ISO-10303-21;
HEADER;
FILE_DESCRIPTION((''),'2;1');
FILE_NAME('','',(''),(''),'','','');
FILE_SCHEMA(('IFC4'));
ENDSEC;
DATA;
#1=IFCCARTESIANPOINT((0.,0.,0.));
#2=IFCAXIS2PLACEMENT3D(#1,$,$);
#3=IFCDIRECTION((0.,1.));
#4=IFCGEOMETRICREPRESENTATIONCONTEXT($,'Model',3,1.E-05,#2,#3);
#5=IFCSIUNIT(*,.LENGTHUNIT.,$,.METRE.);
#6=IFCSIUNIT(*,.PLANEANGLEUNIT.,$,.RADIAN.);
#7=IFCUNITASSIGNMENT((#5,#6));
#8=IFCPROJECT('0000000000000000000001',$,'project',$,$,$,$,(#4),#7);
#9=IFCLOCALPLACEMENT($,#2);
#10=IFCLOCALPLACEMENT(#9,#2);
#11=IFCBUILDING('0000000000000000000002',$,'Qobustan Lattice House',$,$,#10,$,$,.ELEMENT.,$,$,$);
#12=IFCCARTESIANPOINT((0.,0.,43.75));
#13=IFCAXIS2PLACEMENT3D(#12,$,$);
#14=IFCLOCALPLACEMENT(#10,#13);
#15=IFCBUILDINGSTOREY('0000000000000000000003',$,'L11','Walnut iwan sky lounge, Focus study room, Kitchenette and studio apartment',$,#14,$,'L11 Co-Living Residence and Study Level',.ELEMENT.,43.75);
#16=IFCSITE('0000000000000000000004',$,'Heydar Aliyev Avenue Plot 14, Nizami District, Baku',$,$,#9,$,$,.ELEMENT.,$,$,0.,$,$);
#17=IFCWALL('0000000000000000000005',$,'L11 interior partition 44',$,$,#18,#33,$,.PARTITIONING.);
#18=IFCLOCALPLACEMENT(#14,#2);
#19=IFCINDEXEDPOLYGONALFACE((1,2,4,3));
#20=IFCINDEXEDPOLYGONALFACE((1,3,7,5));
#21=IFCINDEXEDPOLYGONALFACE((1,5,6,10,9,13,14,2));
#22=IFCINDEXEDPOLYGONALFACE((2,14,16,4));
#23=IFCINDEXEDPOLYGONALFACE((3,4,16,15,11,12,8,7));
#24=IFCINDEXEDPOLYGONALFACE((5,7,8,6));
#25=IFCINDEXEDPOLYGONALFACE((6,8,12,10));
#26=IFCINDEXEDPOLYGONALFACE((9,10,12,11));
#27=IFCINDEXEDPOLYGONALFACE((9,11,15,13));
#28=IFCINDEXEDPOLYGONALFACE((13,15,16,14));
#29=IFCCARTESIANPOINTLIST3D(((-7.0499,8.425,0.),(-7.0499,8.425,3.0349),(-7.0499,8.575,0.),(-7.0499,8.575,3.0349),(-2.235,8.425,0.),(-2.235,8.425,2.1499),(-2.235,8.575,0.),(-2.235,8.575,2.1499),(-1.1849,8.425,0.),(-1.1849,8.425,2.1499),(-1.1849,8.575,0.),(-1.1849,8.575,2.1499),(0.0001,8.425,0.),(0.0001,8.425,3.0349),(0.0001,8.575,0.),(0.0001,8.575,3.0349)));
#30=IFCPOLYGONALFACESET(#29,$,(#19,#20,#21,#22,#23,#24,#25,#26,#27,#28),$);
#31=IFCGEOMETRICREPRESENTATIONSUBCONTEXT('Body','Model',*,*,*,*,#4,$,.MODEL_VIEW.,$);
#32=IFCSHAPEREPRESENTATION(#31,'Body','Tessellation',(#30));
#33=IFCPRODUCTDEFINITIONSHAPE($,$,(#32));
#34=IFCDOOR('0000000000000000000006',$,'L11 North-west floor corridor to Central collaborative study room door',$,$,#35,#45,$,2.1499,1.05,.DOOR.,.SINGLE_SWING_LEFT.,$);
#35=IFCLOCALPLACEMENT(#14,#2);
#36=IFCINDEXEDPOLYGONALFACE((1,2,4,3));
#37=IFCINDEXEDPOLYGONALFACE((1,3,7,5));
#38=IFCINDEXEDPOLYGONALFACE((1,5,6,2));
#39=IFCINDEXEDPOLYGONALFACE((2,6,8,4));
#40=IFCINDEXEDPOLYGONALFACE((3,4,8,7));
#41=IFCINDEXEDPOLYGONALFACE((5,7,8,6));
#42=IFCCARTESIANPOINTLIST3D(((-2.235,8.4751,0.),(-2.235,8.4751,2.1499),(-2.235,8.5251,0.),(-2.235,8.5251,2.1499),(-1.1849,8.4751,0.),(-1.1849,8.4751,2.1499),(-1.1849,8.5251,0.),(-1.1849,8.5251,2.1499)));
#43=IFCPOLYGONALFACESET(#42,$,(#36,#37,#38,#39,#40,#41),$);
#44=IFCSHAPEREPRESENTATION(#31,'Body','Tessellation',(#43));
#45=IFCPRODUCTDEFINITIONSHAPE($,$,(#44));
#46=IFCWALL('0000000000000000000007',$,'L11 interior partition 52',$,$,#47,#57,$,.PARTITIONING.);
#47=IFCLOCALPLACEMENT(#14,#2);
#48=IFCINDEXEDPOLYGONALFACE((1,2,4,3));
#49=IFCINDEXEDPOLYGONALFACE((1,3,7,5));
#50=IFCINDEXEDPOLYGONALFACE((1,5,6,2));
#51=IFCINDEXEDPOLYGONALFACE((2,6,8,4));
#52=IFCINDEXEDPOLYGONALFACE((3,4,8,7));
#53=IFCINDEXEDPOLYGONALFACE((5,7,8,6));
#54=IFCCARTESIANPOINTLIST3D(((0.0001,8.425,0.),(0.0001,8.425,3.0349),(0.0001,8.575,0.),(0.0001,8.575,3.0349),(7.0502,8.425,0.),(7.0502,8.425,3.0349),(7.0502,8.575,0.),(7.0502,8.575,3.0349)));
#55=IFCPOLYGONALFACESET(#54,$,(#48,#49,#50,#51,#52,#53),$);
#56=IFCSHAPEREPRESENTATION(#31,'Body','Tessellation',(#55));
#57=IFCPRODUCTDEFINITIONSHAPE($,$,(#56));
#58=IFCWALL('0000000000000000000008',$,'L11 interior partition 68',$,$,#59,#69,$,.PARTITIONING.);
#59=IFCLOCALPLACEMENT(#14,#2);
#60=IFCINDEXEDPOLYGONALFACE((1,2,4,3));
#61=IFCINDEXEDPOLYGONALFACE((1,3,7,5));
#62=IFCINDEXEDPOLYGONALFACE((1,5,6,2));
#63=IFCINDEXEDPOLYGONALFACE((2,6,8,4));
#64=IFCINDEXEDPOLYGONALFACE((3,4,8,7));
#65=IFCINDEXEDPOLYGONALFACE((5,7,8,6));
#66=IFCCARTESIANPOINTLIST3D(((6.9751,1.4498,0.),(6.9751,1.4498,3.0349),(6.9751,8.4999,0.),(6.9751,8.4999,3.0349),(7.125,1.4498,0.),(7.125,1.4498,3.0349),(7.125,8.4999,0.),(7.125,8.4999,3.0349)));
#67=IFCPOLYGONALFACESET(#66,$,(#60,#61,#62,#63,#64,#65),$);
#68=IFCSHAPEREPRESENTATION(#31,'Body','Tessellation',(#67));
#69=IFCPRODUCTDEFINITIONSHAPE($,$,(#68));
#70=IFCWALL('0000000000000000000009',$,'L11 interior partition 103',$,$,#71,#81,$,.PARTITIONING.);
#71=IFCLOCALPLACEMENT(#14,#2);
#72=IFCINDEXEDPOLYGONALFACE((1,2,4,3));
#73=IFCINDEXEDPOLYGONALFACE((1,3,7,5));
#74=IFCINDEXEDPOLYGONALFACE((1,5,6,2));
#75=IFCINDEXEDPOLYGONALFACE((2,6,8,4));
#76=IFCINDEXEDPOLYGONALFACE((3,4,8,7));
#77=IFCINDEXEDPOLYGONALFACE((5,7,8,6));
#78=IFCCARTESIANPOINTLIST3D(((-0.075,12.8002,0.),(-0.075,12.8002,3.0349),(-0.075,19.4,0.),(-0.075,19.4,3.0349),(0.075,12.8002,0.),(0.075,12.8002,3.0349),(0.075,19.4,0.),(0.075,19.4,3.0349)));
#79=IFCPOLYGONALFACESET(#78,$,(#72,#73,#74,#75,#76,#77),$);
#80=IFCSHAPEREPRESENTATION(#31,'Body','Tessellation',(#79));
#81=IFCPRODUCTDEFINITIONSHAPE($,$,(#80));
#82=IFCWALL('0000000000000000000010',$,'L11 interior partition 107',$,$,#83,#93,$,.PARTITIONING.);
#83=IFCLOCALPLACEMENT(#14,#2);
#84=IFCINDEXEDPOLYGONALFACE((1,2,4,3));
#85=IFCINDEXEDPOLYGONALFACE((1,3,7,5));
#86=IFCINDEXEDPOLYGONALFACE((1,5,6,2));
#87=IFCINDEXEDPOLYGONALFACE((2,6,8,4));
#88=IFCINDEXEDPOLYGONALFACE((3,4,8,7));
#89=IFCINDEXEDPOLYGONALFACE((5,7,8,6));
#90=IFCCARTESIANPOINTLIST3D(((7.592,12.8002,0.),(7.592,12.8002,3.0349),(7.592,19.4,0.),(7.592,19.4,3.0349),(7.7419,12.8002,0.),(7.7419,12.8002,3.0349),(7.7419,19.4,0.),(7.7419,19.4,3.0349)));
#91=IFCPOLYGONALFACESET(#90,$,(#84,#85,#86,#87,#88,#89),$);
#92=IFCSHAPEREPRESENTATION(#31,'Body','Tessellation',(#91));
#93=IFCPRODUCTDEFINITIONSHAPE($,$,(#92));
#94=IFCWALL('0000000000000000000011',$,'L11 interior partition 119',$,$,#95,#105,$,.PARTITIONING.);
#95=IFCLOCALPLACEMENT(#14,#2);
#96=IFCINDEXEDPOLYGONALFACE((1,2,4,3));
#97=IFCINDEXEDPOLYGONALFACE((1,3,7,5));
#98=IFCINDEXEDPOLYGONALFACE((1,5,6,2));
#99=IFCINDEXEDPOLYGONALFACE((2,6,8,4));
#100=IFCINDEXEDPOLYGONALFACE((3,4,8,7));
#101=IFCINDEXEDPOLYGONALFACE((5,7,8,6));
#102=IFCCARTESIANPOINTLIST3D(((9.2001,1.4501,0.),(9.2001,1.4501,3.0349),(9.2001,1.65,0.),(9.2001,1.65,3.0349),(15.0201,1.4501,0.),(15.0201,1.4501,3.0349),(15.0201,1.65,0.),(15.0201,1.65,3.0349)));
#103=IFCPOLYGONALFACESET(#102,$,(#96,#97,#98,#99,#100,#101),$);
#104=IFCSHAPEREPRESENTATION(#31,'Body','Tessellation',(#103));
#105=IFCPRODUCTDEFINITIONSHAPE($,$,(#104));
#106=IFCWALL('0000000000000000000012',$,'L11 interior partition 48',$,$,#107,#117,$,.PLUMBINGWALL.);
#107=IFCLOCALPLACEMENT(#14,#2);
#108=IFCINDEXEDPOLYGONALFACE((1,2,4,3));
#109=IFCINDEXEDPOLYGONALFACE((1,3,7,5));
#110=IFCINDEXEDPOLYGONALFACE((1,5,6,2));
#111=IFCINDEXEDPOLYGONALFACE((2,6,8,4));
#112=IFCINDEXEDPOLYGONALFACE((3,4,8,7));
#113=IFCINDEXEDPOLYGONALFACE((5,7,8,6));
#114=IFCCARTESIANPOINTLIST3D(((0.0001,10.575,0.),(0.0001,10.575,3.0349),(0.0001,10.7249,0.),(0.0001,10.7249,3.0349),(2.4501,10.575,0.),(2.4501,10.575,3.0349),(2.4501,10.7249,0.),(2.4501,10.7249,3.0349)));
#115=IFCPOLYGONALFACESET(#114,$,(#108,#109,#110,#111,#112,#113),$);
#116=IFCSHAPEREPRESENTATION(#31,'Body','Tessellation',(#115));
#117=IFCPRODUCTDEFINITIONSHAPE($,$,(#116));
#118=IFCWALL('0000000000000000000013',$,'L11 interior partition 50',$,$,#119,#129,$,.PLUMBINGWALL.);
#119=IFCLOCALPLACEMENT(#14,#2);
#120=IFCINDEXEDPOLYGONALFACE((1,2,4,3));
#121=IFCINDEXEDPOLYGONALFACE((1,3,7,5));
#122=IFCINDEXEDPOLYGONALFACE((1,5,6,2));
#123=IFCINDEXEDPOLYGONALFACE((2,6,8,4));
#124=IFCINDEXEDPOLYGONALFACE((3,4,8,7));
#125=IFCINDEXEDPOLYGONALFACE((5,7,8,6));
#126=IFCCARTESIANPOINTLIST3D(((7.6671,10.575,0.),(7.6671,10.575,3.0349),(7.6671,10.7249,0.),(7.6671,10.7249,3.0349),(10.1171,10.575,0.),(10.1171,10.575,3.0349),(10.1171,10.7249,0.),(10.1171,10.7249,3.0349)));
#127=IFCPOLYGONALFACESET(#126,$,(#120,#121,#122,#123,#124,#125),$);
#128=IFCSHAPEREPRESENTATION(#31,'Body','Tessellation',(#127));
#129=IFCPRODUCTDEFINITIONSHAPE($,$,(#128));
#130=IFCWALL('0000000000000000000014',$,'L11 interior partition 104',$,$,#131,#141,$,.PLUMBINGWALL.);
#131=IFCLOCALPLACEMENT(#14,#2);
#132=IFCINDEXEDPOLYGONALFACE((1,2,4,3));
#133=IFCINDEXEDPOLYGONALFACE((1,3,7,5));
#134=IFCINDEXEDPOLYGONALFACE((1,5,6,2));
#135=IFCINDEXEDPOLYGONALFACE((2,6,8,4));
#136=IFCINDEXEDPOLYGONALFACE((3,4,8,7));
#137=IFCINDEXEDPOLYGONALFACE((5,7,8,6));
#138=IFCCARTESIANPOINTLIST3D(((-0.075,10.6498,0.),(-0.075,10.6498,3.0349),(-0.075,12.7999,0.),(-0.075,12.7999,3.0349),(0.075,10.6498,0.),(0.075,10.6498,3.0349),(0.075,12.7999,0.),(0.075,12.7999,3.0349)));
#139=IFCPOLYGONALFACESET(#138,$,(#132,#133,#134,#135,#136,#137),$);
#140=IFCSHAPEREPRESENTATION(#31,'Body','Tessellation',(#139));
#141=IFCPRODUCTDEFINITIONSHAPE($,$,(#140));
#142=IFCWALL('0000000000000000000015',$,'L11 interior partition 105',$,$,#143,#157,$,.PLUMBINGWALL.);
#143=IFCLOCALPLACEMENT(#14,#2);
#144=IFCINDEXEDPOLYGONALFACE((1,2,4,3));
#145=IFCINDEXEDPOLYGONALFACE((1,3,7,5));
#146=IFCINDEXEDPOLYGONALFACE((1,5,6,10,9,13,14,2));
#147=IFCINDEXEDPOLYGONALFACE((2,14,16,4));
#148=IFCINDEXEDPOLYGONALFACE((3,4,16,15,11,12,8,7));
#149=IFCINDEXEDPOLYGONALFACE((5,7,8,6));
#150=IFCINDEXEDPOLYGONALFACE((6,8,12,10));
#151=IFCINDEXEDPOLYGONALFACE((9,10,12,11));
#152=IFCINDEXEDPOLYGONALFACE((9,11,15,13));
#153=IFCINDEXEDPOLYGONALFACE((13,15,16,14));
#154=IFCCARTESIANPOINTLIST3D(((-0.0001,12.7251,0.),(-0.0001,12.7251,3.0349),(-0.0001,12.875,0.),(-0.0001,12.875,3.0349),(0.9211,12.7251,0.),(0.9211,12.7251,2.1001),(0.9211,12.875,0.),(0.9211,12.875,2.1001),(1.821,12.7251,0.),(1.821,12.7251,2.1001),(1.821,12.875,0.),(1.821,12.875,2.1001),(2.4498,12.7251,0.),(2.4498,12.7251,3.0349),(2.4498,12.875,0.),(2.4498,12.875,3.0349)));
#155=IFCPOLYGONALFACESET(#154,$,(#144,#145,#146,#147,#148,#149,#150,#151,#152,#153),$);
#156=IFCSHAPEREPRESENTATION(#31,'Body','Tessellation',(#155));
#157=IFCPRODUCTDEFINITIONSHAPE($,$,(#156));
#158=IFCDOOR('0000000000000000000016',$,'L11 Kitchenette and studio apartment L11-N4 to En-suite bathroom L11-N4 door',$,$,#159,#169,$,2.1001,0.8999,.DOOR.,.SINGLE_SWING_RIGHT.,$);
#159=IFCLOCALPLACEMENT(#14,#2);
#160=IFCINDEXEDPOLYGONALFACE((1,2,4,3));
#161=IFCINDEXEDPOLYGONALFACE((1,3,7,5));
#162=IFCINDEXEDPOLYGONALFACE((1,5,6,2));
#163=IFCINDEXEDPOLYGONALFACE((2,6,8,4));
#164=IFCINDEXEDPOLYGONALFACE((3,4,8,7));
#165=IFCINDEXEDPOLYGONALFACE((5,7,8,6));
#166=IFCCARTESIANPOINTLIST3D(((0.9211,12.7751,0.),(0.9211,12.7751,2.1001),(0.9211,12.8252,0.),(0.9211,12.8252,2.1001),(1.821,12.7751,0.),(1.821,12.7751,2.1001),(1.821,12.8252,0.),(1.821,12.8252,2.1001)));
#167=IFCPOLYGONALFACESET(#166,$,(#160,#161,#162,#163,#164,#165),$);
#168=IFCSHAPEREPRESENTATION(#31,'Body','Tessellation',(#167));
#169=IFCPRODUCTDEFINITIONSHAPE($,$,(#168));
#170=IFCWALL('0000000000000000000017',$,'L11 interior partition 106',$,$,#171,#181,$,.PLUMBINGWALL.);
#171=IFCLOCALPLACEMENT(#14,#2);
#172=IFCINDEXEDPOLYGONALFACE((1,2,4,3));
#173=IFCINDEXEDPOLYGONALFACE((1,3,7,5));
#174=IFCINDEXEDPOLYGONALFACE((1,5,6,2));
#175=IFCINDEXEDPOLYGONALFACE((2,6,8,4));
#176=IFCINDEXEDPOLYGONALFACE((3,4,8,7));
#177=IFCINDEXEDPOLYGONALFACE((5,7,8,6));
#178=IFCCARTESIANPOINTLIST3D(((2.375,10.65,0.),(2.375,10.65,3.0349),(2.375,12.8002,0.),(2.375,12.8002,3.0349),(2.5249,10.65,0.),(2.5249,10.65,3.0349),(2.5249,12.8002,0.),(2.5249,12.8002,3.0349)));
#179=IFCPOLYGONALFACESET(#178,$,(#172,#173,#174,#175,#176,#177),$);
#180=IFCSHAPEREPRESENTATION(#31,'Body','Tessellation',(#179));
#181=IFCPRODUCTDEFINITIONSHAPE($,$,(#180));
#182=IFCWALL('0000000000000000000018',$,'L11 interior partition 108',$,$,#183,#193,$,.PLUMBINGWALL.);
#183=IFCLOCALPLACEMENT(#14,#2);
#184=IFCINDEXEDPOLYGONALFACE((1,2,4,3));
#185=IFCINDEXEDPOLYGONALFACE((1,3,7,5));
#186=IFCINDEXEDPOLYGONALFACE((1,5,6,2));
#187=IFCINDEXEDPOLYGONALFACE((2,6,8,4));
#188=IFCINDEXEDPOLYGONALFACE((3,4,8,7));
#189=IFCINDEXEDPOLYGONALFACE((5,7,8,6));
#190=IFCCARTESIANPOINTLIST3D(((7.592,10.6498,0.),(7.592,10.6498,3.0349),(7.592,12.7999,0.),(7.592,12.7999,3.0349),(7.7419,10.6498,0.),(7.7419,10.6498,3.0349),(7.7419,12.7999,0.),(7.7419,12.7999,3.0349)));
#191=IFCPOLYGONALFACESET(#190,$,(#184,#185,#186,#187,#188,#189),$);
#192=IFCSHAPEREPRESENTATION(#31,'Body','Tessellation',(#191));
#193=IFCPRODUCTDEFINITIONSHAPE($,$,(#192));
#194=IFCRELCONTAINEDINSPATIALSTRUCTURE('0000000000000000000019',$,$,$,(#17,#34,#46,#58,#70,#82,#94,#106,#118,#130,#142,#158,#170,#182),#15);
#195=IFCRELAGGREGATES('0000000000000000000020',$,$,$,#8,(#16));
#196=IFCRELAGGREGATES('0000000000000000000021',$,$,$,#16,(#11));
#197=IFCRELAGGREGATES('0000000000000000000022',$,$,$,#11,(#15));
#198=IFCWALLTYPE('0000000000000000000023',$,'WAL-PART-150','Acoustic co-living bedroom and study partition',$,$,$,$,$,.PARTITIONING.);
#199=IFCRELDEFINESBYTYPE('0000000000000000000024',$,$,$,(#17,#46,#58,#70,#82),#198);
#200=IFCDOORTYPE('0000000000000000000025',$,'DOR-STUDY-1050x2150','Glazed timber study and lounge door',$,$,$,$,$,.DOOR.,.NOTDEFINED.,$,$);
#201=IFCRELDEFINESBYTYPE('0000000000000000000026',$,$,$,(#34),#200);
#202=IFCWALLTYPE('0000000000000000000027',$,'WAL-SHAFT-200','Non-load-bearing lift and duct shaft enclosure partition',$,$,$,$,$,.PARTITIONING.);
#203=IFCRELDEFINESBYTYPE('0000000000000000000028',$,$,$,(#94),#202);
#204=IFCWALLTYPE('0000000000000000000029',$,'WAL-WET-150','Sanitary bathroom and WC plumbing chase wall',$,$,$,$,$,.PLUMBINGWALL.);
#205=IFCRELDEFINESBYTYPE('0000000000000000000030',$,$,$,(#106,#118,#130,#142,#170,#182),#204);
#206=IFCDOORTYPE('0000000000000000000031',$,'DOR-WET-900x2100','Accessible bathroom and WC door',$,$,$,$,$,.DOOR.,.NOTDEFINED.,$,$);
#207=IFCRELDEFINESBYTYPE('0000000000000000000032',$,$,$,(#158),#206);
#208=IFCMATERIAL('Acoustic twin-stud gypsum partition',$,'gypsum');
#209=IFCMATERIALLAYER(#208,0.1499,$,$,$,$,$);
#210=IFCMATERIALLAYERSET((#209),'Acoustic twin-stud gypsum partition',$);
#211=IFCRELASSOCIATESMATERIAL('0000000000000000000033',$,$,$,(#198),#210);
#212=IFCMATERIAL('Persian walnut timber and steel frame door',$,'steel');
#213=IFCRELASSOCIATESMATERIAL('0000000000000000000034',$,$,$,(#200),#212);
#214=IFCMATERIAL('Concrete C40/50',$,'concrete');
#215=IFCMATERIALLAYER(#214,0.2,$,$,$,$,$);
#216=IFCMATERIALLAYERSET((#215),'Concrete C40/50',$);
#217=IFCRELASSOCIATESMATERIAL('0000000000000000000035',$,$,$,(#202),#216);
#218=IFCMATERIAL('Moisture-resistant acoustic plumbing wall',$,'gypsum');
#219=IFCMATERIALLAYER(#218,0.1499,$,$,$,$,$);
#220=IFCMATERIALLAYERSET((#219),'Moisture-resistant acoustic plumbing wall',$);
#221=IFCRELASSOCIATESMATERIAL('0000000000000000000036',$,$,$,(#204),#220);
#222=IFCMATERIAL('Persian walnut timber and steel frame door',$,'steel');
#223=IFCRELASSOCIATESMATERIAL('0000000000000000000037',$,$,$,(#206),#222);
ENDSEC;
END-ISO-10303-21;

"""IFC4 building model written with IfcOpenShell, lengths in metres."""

from ifc_helpers import new_model, si_unit, direction, frame, frame_2d, origin, place, context, subcontext, project, spatial, rectangle, extrude, material, layer, layer_set, type_object, element, fill, save


model = new_model("IFC4")

# Units and contexts
model_context = context("Model", 3, precision=1e-05, world=origin(), true_north=direction((0.0, 1.0)))
body_context = subcontext(model_context, "Body", "Model", "MODEL_VIEW")
ifc_project = project(units=[si_unit("LENGTHUNIT", "METRE"), si_unit("PLANEANGLEUNIT", "RADIAN")], contexts=[model_context])

# Site, building, storey
site_placement = place(None, origin())
site = spatial("IfcSite", under=ifc_project, at=site_placement, Name="Heydar Aliyev Avenue Plot 14, Nizami District, Baku", CompositionType="ELEMENT", RefElevation=0.0)
building_placement = place(site_placement, origin())
building = spatial("IfcBuilding", under=site, at=building_placement, Name="Qobustan Lattice House", CompositionType="ELEMENT")
storey_placement = place(building_placement, frame((0.0, 0.0, 43.75)))
storey = spatial("IfcBuildingStorey", under=building, at=storey_placement, Name="L11", Description="Walnut iwan sky lounge, Focus study room, Kitchenette and studio apartment", LongName="L11 Co-Living Residence and Study Level", CompositionType="ELEMENT", Elevation=43.75)

# Wall, opening, door
ifc_material_1 = material(Name="Acoustic twin-stud gypsum partition", Category="gypsum")
ifc_layer_1 = layer(ifc_material_1, 0.1499)
ifc_layer_set_1 = layer_set([ifc_layer_1], Name="Acoustic twin-stud gypsum partition")
wall_type_1 = type_object("IfcWallType", Name="WAL-PART-150", Description="Acoustic co-living bedroom and study partition", PredefinedType="PARTITIONING", material=ifc_layer_set_1)
wall_1_placement = place(storey_placement, frame((0.0, 8.5, 0.0), z_axis=(0.0, 0.0, 1.0), x_axis=(-1.0, 0.0, 0.0)))
wall_1 = element("IfcWall", 1, at=wall_1_placement, inside=storey, type_object=wall_type_1, Name="L11 interior partition 44", PredefinedType="PARTITIONING", context=body_context, shape_type="SweptSolid", body=[
    extrude(rectangle(XDim=7.05, YDim=0.1499, at=frame_2d((3.5249, 0.0))), origin(), (0.0, 0.0, 1.0), 3.0349),
])
opening_1_placement = place(wall_1_placement, frame((1.1851, 0.0, 0.0)))
opening_1 = element("IfcOpeningElement", 2, at=opening_1_placement, cuts=wall_1, PredefinedType="OPENING", context=body_context, shape_type="SweptSolid", body=[
    extrude(rectangle(XDim=1.05, YDim=2.1499, at=frame_2d((0.5249, 1.075))), frame((0.0, 0.085, 0.0), z_axis=(0.0, -1.0, 0.0), x_axis=(1.0, 0.0, 0.0)), (0.0, 0.0, 1.0), 0.1699),
])
ifc_material_2 = material(Name="Persian walnut timber and steel frame door", Category="steel")
door_type_1 = type_object("IfcDoorType", Name="DOR-STUDY-1050x2150", Description="Glazed timber study and lounge door", OperationType="NOTDEFINED", PredefinedType="DOOR", material=ifc_material_2)
door_1_placement = place(opening_1_placement, origin())
door_1 = element("IfcDoor", 3, at=door_1_placement, inside=storey, type_object=door_type_1, Name="L11 North-west floor corridor to Central collaborative study room door", OperationType="SINGLE_SWING_LEFT", OverallHeight=2.1499, OverallWidth=1.05, PredefinedType="DOOR", context=body_context, shape_type="SweptSolid", body=[
    extrude(rectangle(XDim=1.05, YDim=2.1499, at=frame_2d((0.5249, 1.075))), frame((0.0, 0.0249, 0.0), z_axis=(0.0, -1.0, 0.0), x_axis=(1.0, 0.0, 0.0)), (0.0, 0.0, 1.0), 0.05),
])
fill(opening_1, door_1)

# Walls
for number, where, z_axis, x_axis, name in (
    (4, (7.05, 8.5, 0.0), (0.0, 0.0, 1.0), (-1.0, 0.0, 0.0), "L11 interior partition 52"),
    (5, (7.05, 1.45, 0.0), (0.0, 0.0, 1.0), (0.0, 1.0, 0.0), "L11 interior partition 68"),
):
    element("IfcWall", number, at=place(storey_placement, frame(where, z_axis=z_axis, x_axis=x_axis)), inside=storey, type_object=wall_type_1, Name=name, PredefinedType="PARTITIONING", context=body_context, shape_type="SweptSolid", body=[
        extrude(rectangle(XDim=7.05, YDim=0.1499, at=frame_2d((3.5249, 0.0))), origin(), (0.0, 0.0, 1.0), 3.0349),
    ])
for number, where, z_axis, x_axis, name in (
    (6, (0.0, 19.3999, 0.0), (0.0, 0.0, 1.0), (0.0, -1.0, 0.0), "L11 interior partition 103"),
    (7, (7.667, 19.3999, 0.0), (0.0, 0.0, 1.0), (0.0, -1.0, 0.0), "L11 interior partition 107"),
):
    element("IfcWall", number, at=place(storey_placement, frame(where, z_axis=z_axis, x_axis=x_axis)), inside=storey, type_object=wall_type_1, Name=name, PredefinedType="PARTITIONING", context=body_context, shape_type="SweptSolid", body=[
        extrude(rectangle(XDim=6.5999, YDim=0.1499, at=frame_2d((3.2998, 0.0))), origin(), (0.0, 0.0, 1.0), 3.0349),
    ])
ifc_material_3 = material(Name="Concrete C40/50", Category="concrete")
ifc_layer_2 = layer(ifc_material_3, 0.2)
ifc_layer_set_2 = layer_set([ifc_layer_2], Name="Concrete C40/50")
wall_type_2 = type_object("IfcWallType", Name="WAL-SHAFT-200", Description="Non-load-bearing lift and duct shaft enclosure partition", PredefinedType="PARTITIONING", material=ifc_layer_set_2)
wall_2_placement = place(storey_placement, frame((9.2, 1.55, 0.0), z_axis=(0.0, 0.0, 1.0), x_axis=(1.0, 0.0, 0.0)))
element("IfcWall", 8, at=wall_2_placement, inside=storey, type_object=wall_type_2, Name="L11 interior partition 119", PredefinedType="PARTITIONING", context=body_context, shape_type="SweptSolid", body=[
    extrude(rectangle(XDim=5.8201, YDim=0.2, at=frame_2d((2.9102, 0.0))), origin(), (0.0, 0.0, 1.0), 3.0349),
])
ifc_material_4 = material(Name="Moisture-resistant acoustic plumbing wall", Category="gypsum")
ifc_layer_3 = layer(ifc_material_4, 0.1499)
ifc_layer_set_3 = layer_set([ifc_layer_3], Name="Moisture-resistant acoustic plumbing wall")
wall_type_3 = type_object("IfcWallType", Name="WAL-WET-150", Description="Sanitary bathroom and WC plumbing chase wall", PredefinedType="PLUMBINGWALL", material=ifc_layer_set_3)
for number, where, z_axis, x_axis, name in (
    (9, (0.0, 10.6499, 0.0), (0.0, 0.0, 1.0), (1.0, 0.0, 0.0), "L11 interior partition 48"),
    (10, (7.667, 10.6499, 0.0), (0.0, 0.0, 1.0), (1.0, 0.0, 0.0), "L11 interior partition 50"),
):
    element("IfcWall", number, at=place(storey_placement, frame(where, z_axis=z_axis, x_axis=x_axis)), inside=storey, type_object=wall_type_3, Name=name, PredefinedType="PLUMBINGWALL", context=body_context, shape_type="SweptSolid", body=[
        extrude(rectangle(XDim=2.45, YDim=0.1499, at=frame_2d((1.2251, 0.0))), origin(), (0.0, 0.0, 1.0), 3.0349),
    ])
wall_3_placement = place(storey_placement, frame((0.0, 12.8, 0.0), z_axis=(0.0, 0.0, 1.0), x_axis=(0.0, -1.0, 0.0)))
element("IfcWall", 11, at=wall_3_placement, inside=storey, type_object=wall_type_3, Name="L11 interior partition 104", PredefinedType="PLUMBINGWALL", context=body_context, shape_type="SweptSolid", body=[
    extrude(rectangle(XDim=2.1501, YDim=0.1499, at=frame_2d((1.0752, 0.0))), origin(), (0.0, 0.0, 1.0), 3.0349),
])

# Wall, opening, door
wall_4_placement = place(storey_placement, frame((2.45, 12.8, 0.0), z_axis=(0.0, 0.0, 1.0), x_axis=(-1.0, 0.0, 0.0)))
wall_4 = element("IfcWall", 12, at=wall_4_placement, inside=storey, type_object=wall_type_3, Name="L11 interior partition 105", PredefinedType="PLUMBINGWALL", context=body_context, shape_type="SweptSolid", body=[
    extrude(rectangle(XDim=2.45, YDim=0.1499, at=frame_2d((1.2251, 0.0))), origin(), (0.0, 0.0, 1.0), 3.0349),
])
opening_2_placement = place(wall_4_placement, frame((0.6289, 0.0, 0.0)))
opening_2 = element("IfcOpeningElement", 13, at=opening_2_placement, cuts=wall_4, PredefinedType="OPENING", context=body_context, shape_type="SweptSolid", body=[
    extrude(rectangle(XDim=0.8999, YDim=2.1001, at=frame_2d((0.45, 1.05))), frame((0.0, 0.085, 0.0), z_axis=(0.0, -1.0, 0.0), x_axis=(1.0, 0.0, 0.0)), (0.0, 0.0, 1.0), 0.1699),
])
ifc_material_5 = material(Name="Persian walnut timber and steel frame door", Category="steel")
door_type_2 = type_object("IfcDoorType", Name="DOR-WET-900x2100", Description="Accessible bathroom and WC door", OperationType="NOTDEFINED", PredefinedType="DOOR", material=ifc_material_5)
door_2_placement = place(opening_2_placement, origin())
door_2 = element("IfcDoor", 14, at=door_2_placement, inside=storey, type_object=door_type_2, Name="L11 Kitchenette and studio apartment L11-N4 to En-suite bathroom L11-N4 door", OperationType="SINGLE_SWING_RIGHT", OverallHeight=2.1001, OverallWidth=0.8999, PredefinedType="DOOR", context=body_context, shape_type="SweptSolid", body=[
    extrude(rectangle(XDim=0.8999, YDim=2.1001, at=frame_2d((0.45, 1.05))), frame((0.0, 0.0249, 0.0), z_axis=(0.0, -1.0, 0.0), x_axis=(1.0, 0.0, 0.0)), (0.0, 0.0, 1.0), 0.05),
])
fill(opening_2, door_2)

# Walls
for number, where, z_axis, x_axis, name in (
    (15, (2.45, 10.6499, 0.0), (0.0, 0.0, 1.0), (0.0, 1.0, 0.0), "L11 interior partition 106"),
    (16, (7.667, 12.8, 0.0), (0.0, 0.0, 1.0), (0.0, -1.0, 0.0), "L11 interior partition 108"),
):
    element("IfcWall", number, at=place(storey_placement, frame(where, z_axis=z_axis, x_axis=x_axis)), inside=storey, type_object=wall_type_3, Name=name, PredefinedType="PLUMBINGWALL", context=body_context, shape_type="SweptSolid", body=[
        extrude(rectangle(XDim=2.1501, YDim=0.1499, at=frame_2d((1.0752, 0.0))), origin(), (0.0, 0.0, 1.0), 3.0349),
    ])

save(model, "model.ifc")
